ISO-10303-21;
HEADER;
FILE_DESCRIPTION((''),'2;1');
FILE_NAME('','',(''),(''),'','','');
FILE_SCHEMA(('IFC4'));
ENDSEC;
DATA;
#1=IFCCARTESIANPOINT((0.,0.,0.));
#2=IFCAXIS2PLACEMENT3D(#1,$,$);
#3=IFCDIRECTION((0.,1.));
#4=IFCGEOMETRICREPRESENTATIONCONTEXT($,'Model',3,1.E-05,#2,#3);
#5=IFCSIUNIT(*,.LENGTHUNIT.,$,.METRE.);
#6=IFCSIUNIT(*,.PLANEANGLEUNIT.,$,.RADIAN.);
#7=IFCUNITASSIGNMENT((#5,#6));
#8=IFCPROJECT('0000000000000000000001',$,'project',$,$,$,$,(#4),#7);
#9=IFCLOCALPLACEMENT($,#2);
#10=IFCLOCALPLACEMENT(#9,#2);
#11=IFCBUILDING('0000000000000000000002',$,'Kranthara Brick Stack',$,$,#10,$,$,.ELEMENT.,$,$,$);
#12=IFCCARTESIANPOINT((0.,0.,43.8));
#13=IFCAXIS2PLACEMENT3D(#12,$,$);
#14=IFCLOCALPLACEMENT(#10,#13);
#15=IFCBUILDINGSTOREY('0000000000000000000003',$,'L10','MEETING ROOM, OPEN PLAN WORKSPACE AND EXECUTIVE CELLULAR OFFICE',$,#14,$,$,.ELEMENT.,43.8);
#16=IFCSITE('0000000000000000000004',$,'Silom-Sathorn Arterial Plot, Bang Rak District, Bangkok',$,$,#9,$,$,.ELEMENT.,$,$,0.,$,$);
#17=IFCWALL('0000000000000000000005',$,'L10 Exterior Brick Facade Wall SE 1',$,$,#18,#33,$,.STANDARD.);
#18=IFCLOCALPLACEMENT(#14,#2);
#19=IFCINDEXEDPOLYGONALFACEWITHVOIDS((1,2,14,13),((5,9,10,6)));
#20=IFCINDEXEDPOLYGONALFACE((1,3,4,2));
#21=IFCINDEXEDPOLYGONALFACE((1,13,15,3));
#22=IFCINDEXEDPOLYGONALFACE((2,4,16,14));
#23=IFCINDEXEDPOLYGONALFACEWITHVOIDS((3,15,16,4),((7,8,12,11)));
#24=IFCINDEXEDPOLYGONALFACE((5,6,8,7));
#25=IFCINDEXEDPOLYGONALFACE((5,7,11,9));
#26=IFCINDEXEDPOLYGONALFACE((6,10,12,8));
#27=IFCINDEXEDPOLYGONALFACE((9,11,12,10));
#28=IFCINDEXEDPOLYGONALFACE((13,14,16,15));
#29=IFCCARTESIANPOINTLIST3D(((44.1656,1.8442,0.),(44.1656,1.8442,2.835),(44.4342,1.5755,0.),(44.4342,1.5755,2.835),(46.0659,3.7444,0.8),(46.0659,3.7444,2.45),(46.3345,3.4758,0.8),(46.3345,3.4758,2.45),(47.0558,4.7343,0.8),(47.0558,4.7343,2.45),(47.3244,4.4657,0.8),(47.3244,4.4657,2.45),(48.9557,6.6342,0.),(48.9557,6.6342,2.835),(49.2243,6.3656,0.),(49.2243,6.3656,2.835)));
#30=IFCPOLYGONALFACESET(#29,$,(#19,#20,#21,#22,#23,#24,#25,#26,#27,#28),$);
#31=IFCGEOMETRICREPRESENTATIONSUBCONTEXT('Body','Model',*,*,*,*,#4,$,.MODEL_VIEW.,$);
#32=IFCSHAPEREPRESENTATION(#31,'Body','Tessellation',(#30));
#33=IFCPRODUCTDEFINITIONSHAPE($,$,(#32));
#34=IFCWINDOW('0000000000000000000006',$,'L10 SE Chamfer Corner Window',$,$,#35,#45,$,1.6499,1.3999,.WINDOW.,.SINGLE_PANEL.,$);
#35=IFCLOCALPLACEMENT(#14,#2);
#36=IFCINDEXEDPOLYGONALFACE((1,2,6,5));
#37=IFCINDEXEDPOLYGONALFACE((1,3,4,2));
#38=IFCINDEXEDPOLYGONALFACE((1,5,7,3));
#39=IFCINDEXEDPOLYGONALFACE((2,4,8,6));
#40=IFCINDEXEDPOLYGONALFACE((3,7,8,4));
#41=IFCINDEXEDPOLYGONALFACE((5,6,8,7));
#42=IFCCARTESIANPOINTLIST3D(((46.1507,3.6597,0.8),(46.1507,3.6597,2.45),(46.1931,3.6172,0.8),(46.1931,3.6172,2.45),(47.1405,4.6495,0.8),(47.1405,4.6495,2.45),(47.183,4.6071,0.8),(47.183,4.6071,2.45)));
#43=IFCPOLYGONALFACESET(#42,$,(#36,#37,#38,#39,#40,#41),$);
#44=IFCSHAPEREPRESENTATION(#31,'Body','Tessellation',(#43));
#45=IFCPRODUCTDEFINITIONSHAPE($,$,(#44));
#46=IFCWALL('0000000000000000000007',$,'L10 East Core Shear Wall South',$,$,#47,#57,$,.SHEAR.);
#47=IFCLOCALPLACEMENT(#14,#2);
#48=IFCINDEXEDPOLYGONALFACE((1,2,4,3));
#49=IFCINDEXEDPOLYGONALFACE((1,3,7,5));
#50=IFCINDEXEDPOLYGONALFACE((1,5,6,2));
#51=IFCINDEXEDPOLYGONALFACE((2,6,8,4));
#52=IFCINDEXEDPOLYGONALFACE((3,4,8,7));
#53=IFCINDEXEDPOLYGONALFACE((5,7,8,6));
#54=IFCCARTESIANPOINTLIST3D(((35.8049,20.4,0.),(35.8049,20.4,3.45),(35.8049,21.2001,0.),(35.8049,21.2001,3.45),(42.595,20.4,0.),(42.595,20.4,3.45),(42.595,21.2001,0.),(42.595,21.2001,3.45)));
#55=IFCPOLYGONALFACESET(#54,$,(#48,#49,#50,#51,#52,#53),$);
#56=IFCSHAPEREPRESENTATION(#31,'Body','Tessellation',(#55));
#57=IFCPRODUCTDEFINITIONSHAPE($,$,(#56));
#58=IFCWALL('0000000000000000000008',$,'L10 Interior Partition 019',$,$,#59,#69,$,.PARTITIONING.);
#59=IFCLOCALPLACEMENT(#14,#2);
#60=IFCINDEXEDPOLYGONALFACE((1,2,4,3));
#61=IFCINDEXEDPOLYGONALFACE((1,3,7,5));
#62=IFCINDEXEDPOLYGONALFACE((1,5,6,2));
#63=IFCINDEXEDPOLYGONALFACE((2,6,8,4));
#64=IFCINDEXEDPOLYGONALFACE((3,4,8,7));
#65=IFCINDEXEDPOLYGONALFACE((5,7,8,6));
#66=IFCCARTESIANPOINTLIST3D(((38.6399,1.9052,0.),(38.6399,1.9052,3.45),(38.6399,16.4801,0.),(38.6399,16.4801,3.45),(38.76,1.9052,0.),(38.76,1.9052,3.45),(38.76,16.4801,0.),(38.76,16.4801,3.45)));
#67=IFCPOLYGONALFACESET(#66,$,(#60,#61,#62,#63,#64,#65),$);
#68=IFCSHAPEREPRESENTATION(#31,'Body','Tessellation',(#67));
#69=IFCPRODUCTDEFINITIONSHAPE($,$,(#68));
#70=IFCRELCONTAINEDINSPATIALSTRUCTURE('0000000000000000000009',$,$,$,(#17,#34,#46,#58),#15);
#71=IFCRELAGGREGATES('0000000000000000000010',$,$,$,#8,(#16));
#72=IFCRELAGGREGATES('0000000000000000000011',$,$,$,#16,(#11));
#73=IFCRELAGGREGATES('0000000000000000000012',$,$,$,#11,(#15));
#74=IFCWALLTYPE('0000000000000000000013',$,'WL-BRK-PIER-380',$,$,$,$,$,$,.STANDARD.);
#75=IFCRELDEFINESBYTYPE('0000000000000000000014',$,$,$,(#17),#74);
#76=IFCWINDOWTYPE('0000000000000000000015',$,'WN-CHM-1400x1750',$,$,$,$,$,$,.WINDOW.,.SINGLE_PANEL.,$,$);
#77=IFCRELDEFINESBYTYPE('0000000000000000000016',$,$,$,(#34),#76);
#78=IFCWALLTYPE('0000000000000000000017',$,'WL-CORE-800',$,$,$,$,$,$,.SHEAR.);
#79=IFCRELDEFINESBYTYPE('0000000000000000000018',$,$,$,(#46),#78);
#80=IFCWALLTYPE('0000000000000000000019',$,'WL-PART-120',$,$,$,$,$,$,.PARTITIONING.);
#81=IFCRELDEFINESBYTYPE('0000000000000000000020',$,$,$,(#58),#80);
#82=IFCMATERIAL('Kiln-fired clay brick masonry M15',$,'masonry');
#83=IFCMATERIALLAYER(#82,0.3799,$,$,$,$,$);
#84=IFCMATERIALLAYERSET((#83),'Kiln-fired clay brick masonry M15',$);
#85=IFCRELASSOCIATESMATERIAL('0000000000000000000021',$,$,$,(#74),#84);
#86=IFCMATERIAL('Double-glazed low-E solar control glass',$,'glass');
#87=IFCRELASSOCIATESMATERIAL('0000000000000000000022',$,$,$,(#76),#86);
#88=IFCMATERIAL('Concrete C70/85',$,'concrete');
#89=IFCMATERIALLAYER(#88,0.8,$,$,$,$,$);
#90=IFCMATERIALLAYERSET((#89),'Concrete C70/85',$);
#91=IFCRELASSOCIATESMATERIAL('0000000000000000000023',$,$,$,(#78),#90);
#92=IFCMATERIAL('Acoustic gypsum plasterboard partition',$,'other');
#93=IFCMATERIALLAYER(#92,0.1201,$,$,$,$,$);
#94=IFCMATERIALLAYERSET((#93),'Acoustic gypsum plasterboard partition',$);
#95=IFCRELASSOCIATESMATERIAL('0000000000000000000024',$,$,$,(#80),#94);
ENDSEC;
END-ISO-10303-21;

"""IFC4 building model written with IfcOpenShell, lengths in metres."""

from ifc_helpers import new_model, si_unit, direction, frame, frame_2d, origin, place, context, subcontext, project, spatial, rectangle, extrude, material, layer, layer_set, type_object, element, fill, save


model = new_model("IFC4")

# Units and contexts
model_context = context("Model", 3, precision=1e-05, world=origin(), true_north=direction((0.0, 1.0)))
body_context = subcontext(model_context, "Body", "Model", "MODEL_VIEW")
ifc_project = project(units=[si_unit("LENGTHUNIT", "METRE"), si_unit("PLANEANGLEUNIT", "RADIAN")], contexts=[model_context])

# Site, building, storey
site_placement = place(None, origin())
site = spatial("IfcSite", under=ifc_project, at=site_placement, Name="Silom-Sathorn Arterial Plot, Bang Rak District, Bangkok", CompositionType="ELEMENT", RefElevation=0.0)
building_placement = place(site_placement, origin())
building = spatial("IfcBuilding", under=site, at=building_placement, Name="Kranthara Brick Stack", CompositionType="ELEMENT")
storey_placement = place(building_placement, frame((0.0, 0.0, 43.8)))
storey = spatial("IfcBuildingStorey", under=building, at=storey_placement, Name="L10", Description="MEETING ROOM, OPEN PLAN WORKSPACE AND EXECUTIVE CELLULAR OFFICE", CompositionType="ELEMENT", Elevation=43.8)

# Shared definitions
ifc_material_1 = material(Name="Kiln-fired clay brick masonry M15", Category="masonry")
ifc_layer_1 = layer(ifc_material_1, 0.3799)
ifc_layer_set_1 = layer_set([ifc_layer_1], Name="Kiln-fired clay brick masonry M15")
wall_type_1 = type_object("IfcWallType", Name="WL-BRK-PIER-380", PredefinedType="STANDARD", material=ifc_layer_set_1)

# Wall, opening, window
wall_1_placement = place(storey_placement, frame((49.0901, 6.5, 0.0), z_axis=(0.0, 0.0, 1.0), x_axis=(-0.707107, -0.707107, 0.0)))
wall_1 = element("IfcWall", 1, at=wall_1_placement, inside=storey, type_object=wall_type_1, Name="L10 Exterior Brick Facade Wall SE 1", PredefinedType="STANDARD", context=body_context, shape_type="SweptSolid", body=[
    extrude(rectangle(XDim=6.7742, YDim=0.3799, at=frame_2d((3.3872, 0.0))), origin(), (0.0, 0.0, 1.0), 2.835),
])
opening_1_placement = place(wall_1_placement, frame((2.687, 0.0, 0.8)))
opening_1 = element("IfcOpeningElement", 2, at=opening_1_placement, cuts=wall_1, PredefinedType="OPENING", context=body_context, shape_type="SweptSolid", body=[
    extrude(rectangle(XDim=1.3999, YDim=1.6499, at=frame_2d((0.7, 0.825))), frame((0.0, 0.2, 0.0), z_axis=(0.0, -1.0, 0.0), x_axis=(1.0, 0.0, 0.0)), (0.0, 0.0, 1.0), 0.3999),
])
ifc_material_2 = material(Name="Double-glazed low-E solar control glass", Category="glass")
window_type_1 = type_object("IfcWindowType", Name="WN-CHM-1400x1750", PartitioningType="SINGLE_PANEL", PredefinedType="WINDOW", material=ifc_material_2)
window_1_placement = place(opening_1_placement, origin())
window_1 = element("IfcWindow", 3, at=window_1_placement, inside=storey, type_object=window_type_1, Name="L10 SE Chamfer Corner Window", OverallHeight=1.6499, OverallWidth=1.3999, PartitioningType="SINGLE_PANEL", PredefinedType="WINDOW", context=body_context, shape_type="SweptSolid", body=[
    extrude(rectangle(XDim=1.3999, YDim=1.6499, at=frame_2d((0.7, 0.825))), frame((0.0, -0.01, 0.0), z_axis=(0.0, -1.0, 0.0), x_axis=(1.0, 0.0, 0.0)), (0.0, 0.0, 1.0), 0.0601),
])
fill(opening_1, window_1)

# Walls
ifc_material_3 = material(Name="Concrete C70/85", Category="concrete")
ifc_layer_2 = layer(ifc_material_3, 0.8)
ifc_layer_set_2 = layer_set([ifc_layer_2], Name="Concrete C70/85")
wall_type_2 = type_object("IfcWallType", Name="WL-CORE-800", PredefinedType="SHEAR", material=ifc_layer_set_2)
wall_2_placement = place(storey_placement, frame((35.8049, 20.8, 0.0), z_axis=(0.0, 0.0, 1.0), x_axis=(1.0, 0.0, 0.0)))
element("IfcWall", 4, at=wall_2_placement, inside=storey, type_object=wall_type_2, Name="L10 East Core Shear Wall South", PredefinedType="SHEAR", context=body_context, shape_type="SweptSolid", body=[
    extrude(rectangle(XDim=6.79, YDim=0.8, at=frame_2d((3.395, 0.0))), origin(), (0.0, 0.0, 1.0), 3.45),
])
ifc_material_4 = material(Name="Acoustic gypsum plasterboard partition", Category="other")
ifc_layer_3 = layer(ifc_material_4, 0.1201)
ifc_layer_set_3 = layer_set([ifc_layer_3], Name="Acoustic gypsum plasterboard partition")
wall_type_3 = type_object("IfcWallType", Name="WL-PART-120", PredefinedType="PARTITIONING", material=ifc_layer_set_3)
wall_3_placement = place(storey_placement, frame((38.7, 1.905, 0.0), z_axis=(0.0, 0.0, 1.0), x_axis=(0.0, 1.0, 0.0)))
element("IfcWall", 5, at=wall_3_placement, inside=storey, type_object=wall_type_3, Name="L10 Interior Partition 019", PredefinedType="PARTITIONING", context=body_context, shape_type="SweptSolid", body=[
    extrude(rectangle(XDim=14.575, YDim=0.1201, at=frame_2d((7.2876, 0.0))), origin(), (0.0, 0.0, 1.0), 3.45),
])

save(model, "model.ifc")
